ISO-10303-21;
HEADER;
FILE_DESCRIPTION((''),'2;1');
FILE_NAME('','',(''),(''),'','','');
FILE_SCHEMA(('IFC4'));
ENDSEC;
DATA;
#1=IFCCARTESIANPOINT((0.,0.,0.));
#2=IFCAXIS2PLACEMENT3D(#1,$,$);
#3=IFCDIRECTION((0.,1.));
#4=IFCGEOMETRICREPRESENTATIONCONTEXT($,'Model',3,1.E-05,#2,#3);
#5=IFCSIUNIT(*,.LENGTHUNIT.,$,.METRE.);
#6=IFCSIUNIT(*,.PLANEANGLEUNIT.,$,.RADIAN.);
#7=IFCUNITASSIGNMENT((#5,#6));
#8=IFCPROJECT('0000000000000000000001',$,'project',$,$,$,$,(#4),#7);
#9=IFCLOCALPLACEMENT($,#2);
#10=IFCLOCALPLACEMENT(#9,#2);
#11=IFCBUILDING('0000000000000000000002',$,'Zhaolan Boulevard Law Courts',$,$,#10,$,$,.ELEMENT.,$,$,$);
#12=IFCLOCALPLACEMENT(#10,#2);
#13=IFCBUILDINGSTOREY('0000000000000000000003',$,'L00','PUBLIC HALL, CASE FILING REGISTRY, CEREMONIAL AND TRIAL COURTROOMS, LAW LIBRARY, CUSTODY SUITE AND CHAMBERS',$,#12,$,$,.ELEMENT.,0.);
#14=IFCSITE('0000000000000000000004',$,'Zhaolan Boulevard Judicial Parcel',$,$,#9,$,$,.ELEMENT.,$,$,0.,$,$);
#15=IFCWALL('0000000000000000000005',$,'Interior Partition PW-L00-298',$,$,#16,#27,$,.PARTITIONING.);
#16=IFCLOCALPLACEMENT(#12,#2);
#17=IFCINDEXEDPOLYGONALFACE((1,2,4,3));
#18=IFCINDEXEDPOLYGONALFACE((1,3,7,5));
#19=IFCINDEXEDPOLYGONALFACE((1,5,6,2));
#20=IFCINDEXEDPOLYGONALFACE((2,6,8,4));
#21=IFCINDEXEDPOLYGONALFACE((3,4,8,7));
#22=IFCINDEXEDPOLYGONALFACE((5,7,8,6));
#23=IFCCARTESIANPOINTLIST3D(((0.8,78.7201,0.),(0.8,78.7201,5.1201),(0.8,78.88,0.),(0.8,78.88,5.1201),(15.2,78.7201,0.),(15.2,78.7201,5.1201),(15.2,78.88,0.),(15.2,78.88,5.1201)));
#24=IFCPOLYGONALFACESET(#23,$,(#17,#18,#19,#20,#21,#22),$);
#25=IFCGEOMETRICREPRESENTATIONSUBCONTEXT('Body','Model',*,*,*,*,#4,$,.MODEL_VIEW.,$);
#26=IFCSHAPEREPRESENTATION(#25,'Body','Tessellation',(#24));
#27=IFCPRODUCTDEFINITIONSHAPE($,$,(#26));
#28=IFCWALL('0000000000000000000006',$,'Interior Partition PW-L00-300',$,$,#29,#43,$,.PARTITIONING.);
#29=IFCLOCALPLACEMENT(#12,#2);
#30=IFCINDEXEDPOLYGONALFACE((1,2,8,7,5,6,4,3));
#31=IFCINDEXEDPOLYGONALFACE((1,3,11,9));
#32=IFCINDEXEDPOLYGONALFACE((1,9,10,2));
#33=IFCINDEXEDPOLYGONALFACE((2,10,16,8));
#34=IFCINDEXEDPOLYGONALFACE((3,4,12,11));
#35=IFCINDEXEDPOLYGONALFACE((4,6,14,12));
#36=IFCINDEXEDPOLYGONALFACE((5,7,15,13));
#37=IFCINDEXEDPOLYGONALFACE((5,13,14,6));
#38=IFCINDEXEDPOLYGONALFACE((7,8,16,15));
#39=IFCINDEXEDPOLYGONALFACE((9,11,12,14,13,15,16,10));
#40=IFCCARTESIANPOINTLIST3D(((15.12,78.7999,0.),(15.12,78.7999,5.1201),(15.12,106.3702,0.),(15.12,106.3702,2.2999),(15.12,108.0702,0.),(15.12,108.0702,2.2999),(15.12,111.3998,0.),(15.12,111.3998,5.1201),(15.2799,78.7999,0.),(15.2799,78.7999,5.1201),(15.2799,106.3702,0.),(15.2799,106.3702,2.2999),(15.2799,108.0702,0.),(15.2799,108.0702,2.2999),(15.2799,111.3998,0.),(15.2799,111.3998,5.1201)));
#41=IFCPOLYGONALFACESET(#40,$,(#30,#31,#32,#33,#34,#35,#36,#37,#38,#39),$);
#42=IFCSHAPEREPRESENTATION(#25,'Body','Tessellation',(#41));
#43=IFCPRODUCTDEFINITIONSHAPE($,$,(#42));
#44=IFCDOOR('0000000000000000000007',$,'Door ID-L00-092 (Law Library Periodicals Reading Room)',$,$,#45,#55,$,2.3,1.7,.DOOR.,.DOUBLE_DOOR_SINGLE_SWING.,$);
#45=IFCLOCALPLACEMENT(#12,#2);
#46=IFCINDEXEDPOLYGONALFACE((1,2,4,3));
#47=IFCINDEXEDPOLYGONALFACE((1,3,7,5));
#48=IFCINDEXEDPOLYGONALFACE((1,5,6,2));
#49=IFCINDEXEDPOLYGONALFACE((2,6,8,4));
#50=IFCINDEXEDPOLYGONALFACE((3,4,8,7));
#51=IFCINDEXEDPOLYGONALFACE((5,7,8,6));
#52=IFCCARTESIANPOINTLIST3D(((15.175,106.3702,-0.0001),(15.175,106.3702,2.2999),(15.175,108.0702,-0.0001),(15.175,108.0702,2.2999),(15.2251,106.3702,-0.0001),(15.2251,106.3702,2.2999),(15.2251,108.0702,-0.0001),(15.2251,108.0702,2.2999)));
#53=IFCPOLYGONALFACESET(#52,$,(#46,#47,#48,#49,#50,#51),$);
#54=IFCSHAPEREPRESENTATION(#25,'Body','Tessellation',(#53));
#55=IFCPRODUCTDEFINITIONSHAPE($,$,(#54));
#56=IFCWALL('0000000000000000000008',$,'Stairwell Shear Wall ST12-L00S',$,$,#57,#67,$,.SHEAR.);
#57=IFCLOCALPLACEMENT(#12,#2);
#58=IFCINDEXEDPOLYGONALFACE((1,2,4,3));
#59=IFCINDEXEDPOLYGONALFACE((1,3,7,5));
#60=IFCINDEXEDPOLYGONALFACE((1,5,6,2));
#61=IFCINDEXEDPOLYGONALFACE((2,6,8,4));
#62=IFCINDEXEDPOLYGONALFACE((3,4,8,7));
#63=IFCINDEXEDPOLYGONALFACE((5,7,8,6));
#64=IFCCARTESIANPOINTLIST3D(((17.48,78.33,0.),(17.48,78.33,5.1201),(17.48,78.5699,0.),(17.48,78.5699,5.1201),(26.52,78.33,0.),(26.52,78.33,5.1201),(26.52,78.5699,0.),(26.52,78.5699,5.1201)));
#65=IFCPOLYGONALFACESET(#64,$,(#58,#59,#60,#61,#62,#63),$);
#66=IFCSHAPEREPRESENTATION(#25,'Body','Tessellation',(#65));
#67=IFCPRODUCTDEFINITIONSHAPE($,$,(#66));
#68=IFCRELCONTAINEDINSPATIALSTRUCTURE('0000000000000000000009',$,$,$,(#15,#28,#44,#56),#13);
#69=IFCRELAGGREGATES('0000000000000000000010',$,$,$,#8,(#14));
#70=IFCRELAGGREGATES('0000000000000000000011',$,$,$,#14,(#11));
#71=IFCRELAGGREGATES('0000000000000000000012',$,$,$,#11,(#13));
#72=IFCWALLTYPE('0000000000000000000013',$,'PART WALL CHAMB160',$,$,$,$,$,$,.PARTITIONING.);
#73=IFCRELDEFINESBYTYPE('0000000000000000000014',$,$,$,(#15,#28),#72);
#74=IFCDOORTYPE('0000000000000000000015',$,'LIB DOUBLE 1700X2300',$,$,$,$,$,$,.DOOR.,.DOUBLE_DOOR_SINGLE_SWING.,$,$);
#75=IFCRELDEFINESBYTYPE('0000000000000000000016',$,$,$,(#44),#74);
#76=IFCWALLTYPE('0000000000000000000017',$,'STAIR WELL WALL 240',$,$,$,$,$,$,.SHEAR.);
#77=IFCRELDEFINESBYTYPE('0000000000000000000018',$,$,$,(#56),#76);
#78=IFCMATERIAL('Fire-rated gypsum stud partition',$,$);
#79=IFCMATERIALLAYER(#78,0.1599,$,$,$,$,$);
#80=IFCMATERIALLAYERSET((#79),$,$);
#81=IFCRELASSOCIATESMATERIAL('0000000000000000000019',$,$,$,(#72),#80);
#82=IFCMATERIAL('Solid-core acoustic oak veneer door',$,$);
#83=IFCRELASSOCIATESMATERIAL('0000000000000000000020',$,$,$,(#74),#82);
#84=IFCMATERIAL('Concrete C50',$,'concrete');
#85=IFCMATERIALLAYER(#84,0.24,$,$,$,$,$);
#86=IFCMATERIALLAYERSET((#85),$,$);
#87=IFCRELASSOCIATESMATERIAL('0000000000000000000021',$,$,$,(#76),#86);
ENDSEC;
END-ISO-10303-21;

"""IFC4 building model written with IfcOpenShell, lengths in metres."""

from ifc_helpers import new_model, si_unit, direction, frame, frame_2d, origin, place, context, subcontext, project, spatial, rectangle, extrude, material, layer, layer_set, type_object, element, fill, save


model = new_model("IFC4")

# Units and contexts
model_context = context("Model", 3, precision=1e-05, world=origin(), true_north=direction((0.0, 1.0)))
body_context = subcontext(model_context, "Body", "Model", "MODEL_VIEW")
ifc_project = project(units=[si_unit("LENGTHUNIT", "METRE"), si_unit("PLANEANGLEUNIT", "RADIAN")], contexts=[model_context])

# Site, building, storey
site_placement = place(None, origin())
site = spatial("IfcSite", under=ifc_project, at=site_placement, Name="Zhaolan Boulevard Judicial Parcel", CompositionType="ELEMENT", RefElevation=0.0)
building_placement = place(site_placement, origin())
building = spatial("IfcBuilding", under=site, at=building_placement, Name="Zhaolan Boulevard Law Courts", CompositionType="ELEMENT")
storey_placement = place(building_placement, origin())
storey = spatial("IfcBuildingStorey", under=building, at=storey_placement, Name="L00", Description="PUBLIC HALL, CASE FILING REGISTRY, CEREMONIAL AND TRIAL COURTROOMS, LAW LIBRARY, CUSTODY SUITE AND CHAMBERS", CompositionType="ELEMENT", Elevation=0.0)

# Wall
ifc_material_1 = material(Name="Fire-rated gypsum stud partition")
ifc_layer_1 = layer(ifc_material_1, 0.1599)
ifc_layer_set_1 = layer_set([ifc_layer_1])
wall_type_1 = type_object("IfcWallType", Name="PART WALL CHAMB160", PredefinedType="PARTITIONING", material=ifc_layer_set_1)
wall_1_placement = place(storey_placement, frame((0.8, 78.8, 0.0), z_axis=(0.0, 0.0, 1.0), x_axis=(1.0, 0.0, 0.0)))
element("IfcWall", 1, at=wall_1_placement, inside=storey, type_object=wall_type_1, Name="Interior Partition PW-L00-298", PredefinedType="PARTITIONING", context=body_context, shape_type="SweptSolid", body=[
    extrude(rectangle(XDim=14.3999, YDim=0.1599, at=frame_2d((7.2, 0.0))), origin(), (0.0, 0.0, 1.0), 5.1201),
])

# Wall, opening, door
wall_2_placement = place(storey_placement, frame((15.2, 78.8, 0.0), z_axis=(0.0, 0.0, 1.0), x_axis=(0.0, 1.0, 0.0)))
wall_2 = element("IfcWall", 2, at=wall_2_placement, inside=storey, type_object=wall_type_1, Name="Interior Partition PW-L00-300", PredefinedType="PARTITIONING", context=body_context, shape_type="SweptSolid", body=[
    extrude(rectangle(XDim=32.5999, YDim=0.1599, at=frame_2d((16.2998, 0.0))), origin(), (0.0, 0.0, 1.0), 5.1201),
])
opening_placement = place(wall_2_placement, frame((27.5701, 0.0, 0.0)))
opening = element("IfcOpeningElement", 3, at=opening_placement, cuts=wall_2, PredefinedType="OPENING", context=body_context, shape_type="SweptSolid", body=[
    extrude(rectangle(XDim=1.7, YDim=2.3, at=frame_2d((0.8501, 1.1499))), frame((0.0, 0.0898, 0.0), z_axis=(0.0, -1.0, 0.0), x_axis=(1.0, 0.0, 0.0)), (0.0, 0.0, 1.0), 0.1799),
])
ifc_material_2 = material(Name="Solid-core acoustic oak veneer door")
door_type = type_object("IfcDoorType", Name="LIB DOUBLE 1700X2300", OperationType="DOUBLE_DOOR_SINGLE_SWING", PredefinedType="DOOR", material=ifc_material_2)
door_placement = place(opening_placement, origin())
door = element("IfcDoor", 4, at=door_placement, inside=storey, type_object=door_type, Name="Door ID-L00-092 (Law Library Periodicals Reading Room)", OperationType="DOUBLE_DOOR_SINGLE_SWING", OverallHeight=2.3, OverallWidth=1.7, PredefinedType="DOOR", context=body_context, shape_type="SweptSolid", body=[
    extrude(rectangle(XDim=1.7, YDim=2.3, at=frame_2d((0.8501, 1.1499))), frame((0.0, 0.0249, 0.0), z_axis=(0.0, -1.0, 0.0), x_axis=(1.0, 0.0, 0.0)), (0.0, 0.0, 1.0), 0.05),
])
fill(opening, door)

# Wall
ifc_material_3 = material(Name="Concrete C50", Category="concrete")
ifc_layer_2 = layer(ifc_material_3, 0.24)
ifc_layer_set_2 = layer_set([ifc_layer_2])
wall_type_2 = type_object("IfcWallType", Name="STAIR WELL WALL 240", PredefinedType="SHEAR", material=ifc_layer_set_2)
wall_3_placement = place(storey_placement, frame((17.48, 78.45, 0.0), z_axis=(0.0, 0.0, 1.0), x_axis=(1.0, 0.0, 0.0)))
element("IfcWall", 5, at=wall_3_placement, inside=storey, type_object=wall_type_2, Name="Stairwell Shear Wall ST12-L00S", PredefinedType="SHEAR", context=body_context, shape_type="SweptSolid", body=[
    extrude(rectangle(XDim=9.04, YDim=0.24, at=frame_2d((4.52, 0.0))), origin(), (0.0, 0.0, 1.0), 5.1201),
])

save(model, "model.ifc")
